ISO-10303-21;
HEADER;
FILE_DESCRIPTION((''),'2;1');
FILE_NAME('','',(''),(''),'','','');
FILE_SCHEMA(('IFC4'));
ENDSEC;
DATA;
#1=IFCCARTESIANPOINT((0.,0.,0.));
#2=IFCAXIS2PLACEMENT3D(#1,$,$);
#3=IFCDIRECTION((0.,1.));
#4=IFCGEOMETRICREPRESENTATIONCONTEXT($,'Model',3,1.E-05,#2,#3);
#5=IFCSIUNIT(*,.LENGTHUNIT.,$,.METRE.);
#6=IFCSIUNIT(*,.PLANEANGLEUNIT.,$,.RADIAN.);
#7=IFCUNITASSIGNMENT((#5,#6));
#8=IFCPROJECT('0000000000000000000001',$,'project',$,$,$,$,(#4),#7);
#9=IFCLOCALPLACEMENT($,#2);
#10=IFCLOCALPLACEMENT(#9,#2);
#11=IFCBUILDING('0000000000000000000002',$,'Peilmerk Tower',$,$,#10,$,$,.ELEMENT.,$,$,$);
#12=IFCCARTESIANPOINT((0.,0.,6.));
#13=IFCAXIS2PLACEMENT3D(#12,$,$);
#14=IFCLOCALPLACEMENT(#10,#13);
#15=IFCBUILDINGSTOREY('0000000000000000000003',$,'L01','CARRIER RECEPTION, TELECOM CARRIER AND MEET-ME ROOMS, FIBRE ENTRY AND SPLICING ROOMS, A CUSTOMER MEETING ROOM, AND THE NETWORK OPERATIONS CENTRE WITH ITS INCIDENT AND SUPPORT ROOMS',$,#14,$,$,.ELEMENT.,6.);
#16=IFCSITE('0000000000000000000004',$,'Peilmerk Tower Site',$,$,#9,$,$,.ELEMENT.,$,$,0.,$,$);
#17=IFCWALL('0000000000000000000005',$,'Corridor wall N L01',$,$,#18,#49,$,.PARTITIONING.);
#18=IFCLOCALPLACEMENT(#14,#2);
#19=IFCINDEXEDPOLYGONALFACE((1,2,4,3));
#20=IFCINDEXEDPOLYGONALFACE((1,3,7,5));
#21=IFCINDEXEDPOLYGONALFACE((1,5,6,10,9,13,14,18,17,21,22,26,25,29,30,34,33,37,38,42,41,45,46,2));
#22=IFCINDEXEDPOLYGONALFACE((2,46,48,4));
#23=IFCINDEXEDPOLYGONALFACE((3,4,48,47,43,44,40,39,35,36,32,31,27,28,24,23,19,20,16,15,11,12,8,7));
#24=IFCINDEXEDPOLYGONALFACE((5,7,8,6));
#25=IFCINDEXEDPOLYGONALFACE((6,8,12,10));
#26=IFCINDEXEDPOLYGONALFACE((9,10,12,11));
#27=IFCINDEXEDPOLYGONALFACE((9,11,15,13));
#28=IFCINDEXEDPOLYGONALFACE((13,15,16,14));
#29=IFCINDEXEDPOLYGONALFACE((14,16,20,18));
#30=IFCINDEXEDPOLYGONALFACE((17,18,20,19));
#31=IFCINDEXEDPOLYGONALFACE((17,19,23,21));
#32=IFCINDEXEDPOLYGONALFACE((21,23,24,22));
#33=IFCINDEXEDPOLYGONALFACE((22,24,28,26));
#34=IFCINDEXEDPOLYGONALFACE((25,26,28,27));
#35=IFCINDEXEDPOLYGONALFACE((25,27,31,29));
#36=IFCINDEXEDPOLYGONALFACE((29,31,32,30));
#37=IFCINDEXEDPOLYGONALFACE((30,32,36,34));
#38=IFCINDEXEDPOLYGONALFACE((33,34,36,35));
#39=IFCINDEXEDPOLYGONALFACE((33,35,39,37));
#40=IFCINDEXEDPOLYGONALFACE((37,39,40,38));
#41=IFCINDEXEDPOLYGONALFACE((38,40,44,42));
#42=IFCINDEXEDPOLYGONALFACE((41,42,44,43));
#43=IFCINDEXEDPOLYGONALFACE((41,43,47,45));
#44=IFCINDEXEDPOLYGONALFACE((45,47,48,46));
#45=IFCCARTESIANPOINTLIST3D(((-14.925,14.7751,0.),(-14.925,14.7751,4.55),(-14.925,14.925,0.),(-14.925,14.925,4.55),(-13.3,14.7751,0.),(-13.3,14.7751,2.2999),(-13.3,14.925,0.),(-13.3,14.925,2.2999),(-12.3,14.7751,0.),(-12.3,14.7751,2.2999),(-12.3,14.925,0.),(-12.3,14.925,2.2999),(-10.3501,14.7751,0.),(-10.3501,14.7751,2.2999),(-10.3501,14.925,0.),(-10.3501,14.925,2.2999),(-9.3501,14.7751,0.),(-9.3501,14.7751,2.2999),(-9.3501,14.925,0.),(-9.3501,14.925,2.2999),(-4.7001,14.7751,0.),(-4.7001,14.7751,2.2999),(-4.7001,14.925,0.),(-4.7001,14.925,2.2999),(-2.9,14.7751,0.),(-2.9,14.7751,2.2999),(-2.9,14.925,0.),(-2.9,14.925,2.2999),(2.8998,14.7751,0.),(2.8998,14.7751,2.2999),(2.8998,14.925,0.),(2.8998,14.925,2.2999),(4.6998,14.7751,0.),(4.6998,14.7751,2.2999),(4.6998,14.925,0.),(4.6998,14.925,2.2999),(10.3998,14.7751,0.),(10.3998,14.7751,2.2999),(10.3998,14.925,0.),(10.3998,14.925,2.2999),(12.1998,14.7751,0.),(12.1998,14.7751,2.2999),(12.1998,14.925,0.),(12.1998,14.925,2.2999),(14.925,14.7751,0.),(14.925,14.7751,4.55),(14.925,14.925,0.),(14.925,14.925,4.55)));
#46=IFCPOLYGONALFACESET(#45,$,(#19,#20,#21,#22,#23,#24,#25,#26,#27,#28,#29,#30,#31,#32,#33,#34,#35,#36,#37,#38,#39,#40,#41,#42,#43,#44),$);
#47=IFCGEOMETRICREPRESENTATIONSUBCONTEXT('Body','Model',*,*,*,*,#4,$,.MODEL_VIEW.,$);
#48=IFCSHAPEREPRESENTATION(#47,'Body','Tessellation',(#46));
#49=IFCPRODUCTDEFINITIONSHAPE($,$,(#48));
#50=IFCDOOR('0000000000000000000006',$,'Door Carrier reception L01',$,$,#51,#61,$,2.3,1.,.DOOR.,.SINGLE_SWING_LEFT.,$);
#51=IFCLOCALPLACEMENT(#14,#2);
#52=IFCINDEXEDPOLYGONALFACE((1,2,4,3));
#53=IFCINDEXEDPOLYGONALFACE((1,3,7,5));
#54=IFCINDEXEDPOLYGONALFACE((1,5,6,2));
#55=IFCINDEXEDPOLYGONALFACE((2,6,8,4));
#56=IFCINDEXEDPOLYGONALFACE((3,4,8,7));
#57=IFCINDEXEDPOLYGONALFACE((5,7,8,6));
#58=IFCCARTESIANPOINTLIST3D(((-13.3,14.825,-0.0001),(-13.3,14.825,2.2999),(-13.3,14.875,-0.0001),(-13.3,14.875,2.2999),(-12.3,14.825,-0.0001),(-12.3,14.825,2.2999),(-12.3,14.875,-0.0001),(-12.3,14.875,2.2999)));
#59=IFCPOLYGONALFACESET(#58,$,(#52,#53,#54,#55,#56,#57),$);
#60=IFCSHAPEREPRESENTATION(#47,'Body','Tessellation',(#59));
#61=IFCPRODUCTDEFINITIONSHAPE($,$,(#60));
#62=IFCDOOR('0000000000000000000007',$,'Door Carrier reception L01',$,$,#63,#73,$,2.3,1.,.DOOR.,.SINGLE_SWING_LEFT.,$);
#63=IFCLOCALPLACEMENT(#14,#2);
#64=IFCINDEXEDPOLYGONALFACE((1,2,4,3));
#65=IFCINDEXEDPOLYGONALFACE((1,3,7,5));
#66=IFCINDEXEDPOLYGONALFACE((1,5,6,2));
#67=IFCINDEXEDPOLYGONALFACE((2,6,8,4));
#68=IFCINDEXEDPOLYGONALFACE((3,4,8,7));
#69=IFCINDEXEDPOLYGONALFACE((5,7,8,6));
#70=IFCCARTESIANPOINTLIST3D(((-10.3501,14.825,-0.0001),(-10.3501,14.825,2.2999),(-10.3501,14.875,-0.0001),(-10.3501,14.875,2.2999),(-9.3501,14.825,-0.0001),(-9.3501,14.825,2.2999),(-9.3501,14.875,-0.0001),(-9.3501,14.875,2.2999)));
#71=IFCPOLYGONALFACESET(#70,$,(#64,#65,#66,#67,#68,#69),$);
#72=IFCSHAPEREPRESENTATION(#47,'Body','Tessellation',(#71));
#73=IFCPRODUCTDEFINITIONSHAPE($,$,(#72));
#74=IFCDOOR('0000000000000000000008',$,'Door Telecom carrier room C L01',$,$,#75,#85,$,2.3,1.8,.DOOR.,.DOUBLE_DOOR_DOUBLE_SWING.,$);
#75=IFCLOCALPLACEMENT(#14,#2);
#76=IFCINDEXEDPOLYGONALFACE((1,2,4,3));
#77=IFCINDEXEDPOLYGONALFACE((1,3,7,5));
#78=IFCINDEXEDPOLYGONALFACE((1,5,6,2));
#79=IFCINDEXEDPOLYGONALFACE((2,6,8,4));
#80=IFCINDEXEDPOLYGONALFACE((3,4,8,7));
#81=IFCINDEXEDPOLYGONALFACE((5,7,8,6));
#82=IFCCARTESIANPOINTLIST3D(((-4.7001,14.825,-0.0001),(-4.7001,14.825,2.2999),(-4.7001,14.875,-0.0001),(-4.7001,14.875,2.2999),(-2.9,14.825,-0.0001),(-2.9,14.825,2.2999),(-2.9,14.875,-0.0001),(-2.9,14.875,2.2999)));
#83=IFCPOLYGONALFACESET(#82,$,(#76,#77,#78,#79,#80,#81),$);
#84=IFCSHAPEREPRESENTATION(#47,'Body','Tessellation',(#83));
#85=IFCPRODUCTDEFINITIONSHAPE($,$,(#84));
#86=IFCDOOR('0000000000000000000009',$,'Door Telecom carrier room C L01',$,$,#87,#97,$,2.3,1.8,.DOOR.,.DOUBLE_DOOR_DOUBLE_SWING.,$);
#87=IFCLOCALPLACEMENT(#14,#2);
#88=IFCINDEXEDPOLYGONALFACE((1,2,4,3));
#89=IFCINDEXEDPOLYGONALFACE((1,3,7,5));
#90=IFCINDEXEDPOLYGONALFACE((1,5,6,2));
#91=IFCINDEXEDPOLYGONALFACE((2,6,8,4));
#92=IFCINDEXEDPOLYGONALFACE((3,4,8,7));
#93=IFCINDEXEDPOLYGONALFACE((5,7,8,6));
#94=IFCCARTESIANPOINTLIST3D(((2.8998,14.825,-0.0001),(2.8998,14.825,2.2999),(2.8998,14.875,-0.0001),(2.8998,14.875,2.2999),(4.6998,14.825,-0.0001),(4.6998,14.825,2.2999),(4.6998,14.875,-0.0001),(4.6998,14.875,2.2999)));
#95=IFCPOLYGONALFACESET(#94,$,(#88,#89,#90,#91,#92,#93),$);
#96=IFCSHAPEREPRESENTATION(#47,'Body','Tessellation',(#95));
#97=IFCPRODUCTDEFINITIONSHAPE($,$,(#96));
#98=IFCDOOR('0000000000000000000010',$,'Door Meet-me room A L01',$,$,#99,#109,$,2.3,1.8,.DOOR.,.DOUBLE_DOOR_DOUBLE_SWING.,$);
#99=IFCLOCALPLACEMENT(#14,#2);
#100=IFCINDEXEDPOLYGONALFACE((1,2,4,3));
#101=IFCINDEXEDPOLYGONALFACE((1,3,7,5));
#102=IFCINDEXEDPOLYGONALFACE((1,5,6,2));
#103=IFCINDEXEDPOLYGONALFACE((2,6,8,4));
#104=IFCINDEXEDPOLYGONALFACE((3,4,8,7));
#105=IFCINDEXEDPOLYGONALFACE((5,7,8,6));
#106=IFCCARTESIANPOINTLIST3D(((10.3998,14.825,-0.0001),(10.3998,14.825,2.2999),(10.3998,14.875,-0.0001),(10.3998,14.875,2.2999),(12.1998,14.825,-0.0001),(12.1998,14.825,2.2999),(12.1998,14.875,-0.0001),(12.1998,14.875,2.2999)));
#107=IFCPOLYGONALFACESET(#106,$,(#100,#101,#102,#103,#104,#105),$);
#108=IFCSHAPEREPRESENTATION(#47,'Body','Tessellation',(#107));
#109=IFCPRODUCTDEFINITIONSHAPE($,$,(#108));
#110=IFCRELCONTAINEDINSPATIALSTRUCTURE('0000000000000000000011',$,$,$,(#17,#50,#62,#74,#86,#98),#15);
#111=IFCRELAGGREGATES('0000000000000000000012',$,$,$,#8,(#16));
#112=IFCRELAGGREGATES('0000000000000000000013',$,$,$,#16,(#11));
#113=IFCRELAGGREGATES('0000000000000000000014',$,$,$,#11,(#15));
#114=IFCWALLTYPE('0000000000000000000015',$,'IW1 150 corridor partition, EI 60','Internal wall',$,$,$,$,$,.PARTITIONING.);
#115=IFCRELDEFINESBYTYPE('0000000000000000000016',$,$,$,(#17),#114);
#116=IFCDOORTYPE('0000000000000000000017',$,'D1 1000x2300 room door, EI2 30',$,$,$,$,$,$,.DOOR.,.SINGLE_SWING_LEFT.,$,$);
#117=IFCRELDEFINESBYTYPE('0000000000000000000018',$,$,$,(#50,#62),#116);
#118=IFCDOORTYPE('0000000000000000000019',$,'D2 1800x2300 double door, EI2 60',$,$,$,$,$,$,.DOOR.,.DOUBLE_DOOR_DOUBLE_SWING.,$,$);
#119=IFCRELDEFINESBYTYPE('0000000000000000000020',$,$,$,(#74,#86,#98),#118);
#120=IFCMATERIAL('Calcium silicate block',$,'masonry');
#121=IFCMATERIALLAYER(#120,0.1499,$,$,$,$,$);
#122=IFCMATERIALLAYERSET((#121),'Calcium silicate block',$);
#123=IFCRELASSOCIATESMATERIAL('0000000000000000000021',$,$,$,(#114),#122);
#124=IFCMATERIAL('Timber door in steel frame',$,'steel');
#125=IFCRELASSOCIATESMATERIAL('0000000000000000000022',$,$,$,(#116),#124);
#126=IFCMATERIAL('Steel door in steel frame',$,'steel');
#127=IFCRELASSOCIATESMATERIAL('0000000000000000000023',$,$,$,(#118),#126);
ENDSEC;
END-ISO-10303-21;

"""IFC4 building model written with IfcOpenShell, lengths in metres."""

from ifc_helpers import new_model, si_unit, direction, frame, frame_2d, origin, place, context, subcontext, project, spatial, rectangle, extrude, material, layer, layer_set, type_object, element, fill, save


model = new_model("IFC4")

# Units and contexts
model_context = context("Model", 3, precision=1e-05, world=origin(), true_north=direction((0.0, 1.0)))
body_context = subcontext(model_context, "Body", "Model", "MODEL_VIEW")
ifc_project = project(units=[si_unit("LENGTHUNIT", "METRE"), si_unit("PLANEANGLEUNIT", "RADIAN")], contexts=[model_context])

# Site, building, storey
site_placement = place(None, origin())
site = spatial("IfcSite", under=ifc_project, at=site_placement, Name="Peilmerk Tower Site", CompositionType="ELEMENT", RefElevation=0.0)
building_placement = place(site_placement, origin())
building = spatial("IfcBuilding", under=site, at=building_placement, Name="Peilmerk Tower", CompositionType="ELEMENT")
storey_placement = place(building_placement, frame((0.0, 0.0, 6.0)))
storey = spatial("IfcBuildingStorey", under=building, at=storey_placement, Name="L01", Description="CARRIER RECEPTION, TELECOM CARRIER AND MEET-ME ROOMS, FIBRE ENTRY AND SPLICING ROOMS, A CUSTOMER MEETING ROOM, AND THE NETWORK OPERATIONS CENTRE WITH ITS INCIDENT AND SUPPORT ROOMS", CompositionType="ELEMENT", Elevation=6.0)

# Wall, openings, doors
ifc_material_1 = material(Name="Calcium silicate block", Category="masonry")
ifc_layer_1 = layer(ifc_material_1, 0.1499)
ifc_layer_set_1 = layer_set([ifc_layer_1], Name="Calcium silicate block")
wall_type_1 = type_object("IfcWallType", Name="IW1 150 corridor partition, EI 60", Description="Internal wall", PredefinedType="PARTITIONING", material=ifc_layer_set_1)
wall_1_placement = place(storey_placement, frame((-14.925, 14.8501, 0.0), z_axis=(0.0, 0.0, 1.0), x_axis=(1.0, 0.0, 0.0)))
wall_1 = element("IfcWall", 1, at=wall_1_placement, inside=storey, type_object=wall_type_1, Name="Corridor wall N L01", PredefinedType="PARTITIONING", context=body_context, shape_type="SweptSolid", body=[
    extrude(rectangle(XDim=29.8501, YDim=0.1499, at=frame_2d((14.925, 0.0))), origin(), (0.0, 0.0, 1.0), 4.55),
])
opening_1_placement = place(wall_1_placement, frame((1.625, 0.0, 0.0)))
opening_1 = element("IfcOpeningElement", 2, at=opening_1_placement, cuts=wall_1, PredefinedType="OPENING", context=body_context, shape_type="SweptSolid", body=[
    extrude(rectangle(XDim=1.0, YDim=2.3, at=frame_2d((0.5, 1.1499))), frame((0.0, 0.085, 0.0), z_axis=(0.0, -1.0, 0.0), x_axis=(1.0, 0.0, 0.0)), (0.0, 0.0, 1.0), 0.1699),
])
opening_2_placement = place(wall_1_placement, frame((4.575, 0.0, 0.0)))
opening_2 = element("IfcOpeningElement", 3, at=opening_2_placement, cuts=wall_1, PredefinedType="OPENING", context=body_context, shape_type="SweptSolid", body=[
    extrude(rectangle(XDim=1.0, YDim=2.3, at=frame_2d((0.5, 1.1499))), frame((0.0, 0.085, 0.0), z_axis=(0.0, -1.0, 0.0), x_axis=(1.0, 0.0, 0.0)), (0.0, 0.0, 1.0), 0.1699),
])
opening_3_placement = place(wall_1_placement, frame((10.2251, 0.0, 0.0)))
opening_3 = element("IfcOpeningElement", 4, at=opening_3_placement, cuts=wall_1, PredefinedType="OPENING", context=body_context, shape_type="SweptSolid", body=[
    extrude(rectangle(XDim=1.8, YDim=2.3, at=frame_2d((0.8999, 1.1499))), frame((0.0, 0.085, 0.0), z_axis=(0.0, -1.0, 0.0), x_axis=(1.0, 0.0, 0.0)), (0.0, 0.0, 1.0), 0.1699),
])
opening_4_placement = place(wall_1_placement, frame((17.825, 0.0, 0.0)))
opening_4 = element("IfcOpeningElement", 5, at=opening_4_placement, cuts=wall_1, PredefinedType="OPENING", context=body_context, shape_type="SweptSolid", body=[
    extrude(rectangle(XDim=1.8, YDim=2.3, at=frame_2d((0.8999, 1.1499))), frame((0.0, 0.085, 0.0), z_axis=(0.0, -1.0, 0.0), x_axis=(1.0, 0.0, 0.0)), (0.0, 0.0, 1.0), 0.1699),
])
opening_5_placement = place(wall_1_placement, frame((25.325, 0.0, 0.0)))
opening_5 = element("IfcOpeningElement", 6, at=opening_5_placement, cuts=wall_1, PredefinedType="OPENING", context=body_context, shape_type="SweptSolid", body=[
    extrude(rectangle(XDim=1.8, YDim=2.3, at=frame_2d((0.8999, 1.1499))), frame((0.0, 0.085, 0.0), z_axis=(0.0, -1.0, 0.0), x_axis=(1.0, 0.0, 0.0)), (0.0, 0.0, 1.0), 0.1699),
])
ifc_material_2 = material(Name="Timber door in steel frame", Category="steel")
door_type_1 = type_object("IfcDoorType", Name="D1 1000x2300 room door, EI2 30", OperationType="SINGLE_SWING_LEFT", PredefinedType="DOOR", material=ifc_material_2)
door_1_placement = place(opening_1_placement, origin())
door_1 = element("IfcDoor", 7, at=door_1_placement, inside=storey, type_object=door_type_1, Name="Door Carrier reception L01", OperationType="SINGLE_SWING_LEFT", OverallHeight=2.3, OverallWidth=1.0, PredefinedType="DOOR", context=body_context, shape_type="SweptSolid", body=[
    extrude(rectangle(XDim=1.0, YDim=2.3, at=frame_2d((0.5, 1.1499))), frame((0.0, 0.0249, 0.0), z_axis=(0.0, -1.0, 0.0), x_axis=(1.0, 0.0, 0.0)), (0.0, 0.0, 1.0), 0.05),
])
fill(opening_1, door_1)
door_2_placement = place(opening_2_placement, origin())
door_2 = element("IfcDoor", 8, at=door_2_placement, inside=storey, type_object=door_type_1, Name="Door Carrier reception L01", OperationType="SINGLE_SWING_LEFT", OverallHeight=2.3, OverallWidth=1.0, PredefinedType="DOOR", context=body_context, shape_type="SweptSolid", body=[
    extrude(rectangle(XDim=1.0, YDim=2.3, at=frame_2d((0.5, 1.1499))), frame((0.0, 0.0249, 0.0), z_axis=(0.0, -1.0, 0.0), x_axis=(1.0, 0.0, 0.0)), (0.0, 0.0, 1.0), 0.05),
])
fill(opening_2, door_2)
ifc_material_3 = material(Name="Steel door in steel frame", Category="steel")
door_type_2 = type_object("IfcDoorType", Name="D2 1800x2300 double door, EI2 60", OperationType="DOUBLE_DOOR_DOUBLE_SWING", PredefinedType="DOOR", material=ifc_material_3)
door_3_placement = place(opening_3_placement, origin())
door_3 = element("IfcDoor", 9, at=door_3_placement, inside=storey, type_object=door_type_2, Name="Door Telecom carrier room C L01", OperationType="DOUBLE_DOOR_DOUBLE_SWING", OverallHeight=2.3, OverallWidth=1.8, PredefinedType="DOOR", context=body_context, shape_type="SweptSolid", body=[
    extrude(rectangle(XDim=1.8, YDim=2.3, at=frame_2d((0.8999, 1.1499))), frame((0.0, 0.0249, 0.0), z_axis=(0.0, -1.0, 0.0), x_axis=(1.0, 0.0, 0.0)), (0.0, 0.0, 1.0), 0.05),
])
fill(opening_3, door_3)
door_4_placement = place(opening_4_placement, origin())
door_4 = element("IfcDoor", 10, at=door_4_placement, inside=storey, type_object=door_type_2, Name="Door Telecom carrier room C L01", OperationType="DOUBLE_DOOR_DOUBLE_SWING", OverallHeight=2.3, OverallWidth=1.8, PredefinedType="DOOR", context=body_context, shape_type="SweptSolid", body=[
    extrude(rectangle(XDim=1.8, YDim=2.3, at=frame_2d((0.8999, 1.1499))), frame((0.0, 0.0249, 0.0), z_axis=(0.0, -1.0, 0.0), x_axis=(1.0, 0.0, 0.0)), (0.0, 0.0, 1.0), 0.05),
])
fill(opening_4, door_4)
door_5_placement = place(opening_5_placement, origin())
door_5 = element("IfcDoor", 11, at=door_5_placement, inside=storey, type_object=door_type_2, Name="Door Meet-me room A L01", OperationType="DOUBLE_DOOR_DOUBLE_SWING", OverallHeight=2.3, OverallWidth=1.8, PredefinedType="DOOR", context=body_context, shape_type="SweptSolid", body=[
    extrude(rectangle(XDim=1.8, YDim=2.3, at=frame_2d((0.8999, 1.1499))), frame((0.0, 0.0249, 0.0), z_axis=(0.0, -1.0, 0.0), x_axis=(1.0, 0.0, 0.0)), (0.0, 0.0, 1.0), 0.05),
])
fill(opening_5, door_5)

save(model, "model.ifc")
